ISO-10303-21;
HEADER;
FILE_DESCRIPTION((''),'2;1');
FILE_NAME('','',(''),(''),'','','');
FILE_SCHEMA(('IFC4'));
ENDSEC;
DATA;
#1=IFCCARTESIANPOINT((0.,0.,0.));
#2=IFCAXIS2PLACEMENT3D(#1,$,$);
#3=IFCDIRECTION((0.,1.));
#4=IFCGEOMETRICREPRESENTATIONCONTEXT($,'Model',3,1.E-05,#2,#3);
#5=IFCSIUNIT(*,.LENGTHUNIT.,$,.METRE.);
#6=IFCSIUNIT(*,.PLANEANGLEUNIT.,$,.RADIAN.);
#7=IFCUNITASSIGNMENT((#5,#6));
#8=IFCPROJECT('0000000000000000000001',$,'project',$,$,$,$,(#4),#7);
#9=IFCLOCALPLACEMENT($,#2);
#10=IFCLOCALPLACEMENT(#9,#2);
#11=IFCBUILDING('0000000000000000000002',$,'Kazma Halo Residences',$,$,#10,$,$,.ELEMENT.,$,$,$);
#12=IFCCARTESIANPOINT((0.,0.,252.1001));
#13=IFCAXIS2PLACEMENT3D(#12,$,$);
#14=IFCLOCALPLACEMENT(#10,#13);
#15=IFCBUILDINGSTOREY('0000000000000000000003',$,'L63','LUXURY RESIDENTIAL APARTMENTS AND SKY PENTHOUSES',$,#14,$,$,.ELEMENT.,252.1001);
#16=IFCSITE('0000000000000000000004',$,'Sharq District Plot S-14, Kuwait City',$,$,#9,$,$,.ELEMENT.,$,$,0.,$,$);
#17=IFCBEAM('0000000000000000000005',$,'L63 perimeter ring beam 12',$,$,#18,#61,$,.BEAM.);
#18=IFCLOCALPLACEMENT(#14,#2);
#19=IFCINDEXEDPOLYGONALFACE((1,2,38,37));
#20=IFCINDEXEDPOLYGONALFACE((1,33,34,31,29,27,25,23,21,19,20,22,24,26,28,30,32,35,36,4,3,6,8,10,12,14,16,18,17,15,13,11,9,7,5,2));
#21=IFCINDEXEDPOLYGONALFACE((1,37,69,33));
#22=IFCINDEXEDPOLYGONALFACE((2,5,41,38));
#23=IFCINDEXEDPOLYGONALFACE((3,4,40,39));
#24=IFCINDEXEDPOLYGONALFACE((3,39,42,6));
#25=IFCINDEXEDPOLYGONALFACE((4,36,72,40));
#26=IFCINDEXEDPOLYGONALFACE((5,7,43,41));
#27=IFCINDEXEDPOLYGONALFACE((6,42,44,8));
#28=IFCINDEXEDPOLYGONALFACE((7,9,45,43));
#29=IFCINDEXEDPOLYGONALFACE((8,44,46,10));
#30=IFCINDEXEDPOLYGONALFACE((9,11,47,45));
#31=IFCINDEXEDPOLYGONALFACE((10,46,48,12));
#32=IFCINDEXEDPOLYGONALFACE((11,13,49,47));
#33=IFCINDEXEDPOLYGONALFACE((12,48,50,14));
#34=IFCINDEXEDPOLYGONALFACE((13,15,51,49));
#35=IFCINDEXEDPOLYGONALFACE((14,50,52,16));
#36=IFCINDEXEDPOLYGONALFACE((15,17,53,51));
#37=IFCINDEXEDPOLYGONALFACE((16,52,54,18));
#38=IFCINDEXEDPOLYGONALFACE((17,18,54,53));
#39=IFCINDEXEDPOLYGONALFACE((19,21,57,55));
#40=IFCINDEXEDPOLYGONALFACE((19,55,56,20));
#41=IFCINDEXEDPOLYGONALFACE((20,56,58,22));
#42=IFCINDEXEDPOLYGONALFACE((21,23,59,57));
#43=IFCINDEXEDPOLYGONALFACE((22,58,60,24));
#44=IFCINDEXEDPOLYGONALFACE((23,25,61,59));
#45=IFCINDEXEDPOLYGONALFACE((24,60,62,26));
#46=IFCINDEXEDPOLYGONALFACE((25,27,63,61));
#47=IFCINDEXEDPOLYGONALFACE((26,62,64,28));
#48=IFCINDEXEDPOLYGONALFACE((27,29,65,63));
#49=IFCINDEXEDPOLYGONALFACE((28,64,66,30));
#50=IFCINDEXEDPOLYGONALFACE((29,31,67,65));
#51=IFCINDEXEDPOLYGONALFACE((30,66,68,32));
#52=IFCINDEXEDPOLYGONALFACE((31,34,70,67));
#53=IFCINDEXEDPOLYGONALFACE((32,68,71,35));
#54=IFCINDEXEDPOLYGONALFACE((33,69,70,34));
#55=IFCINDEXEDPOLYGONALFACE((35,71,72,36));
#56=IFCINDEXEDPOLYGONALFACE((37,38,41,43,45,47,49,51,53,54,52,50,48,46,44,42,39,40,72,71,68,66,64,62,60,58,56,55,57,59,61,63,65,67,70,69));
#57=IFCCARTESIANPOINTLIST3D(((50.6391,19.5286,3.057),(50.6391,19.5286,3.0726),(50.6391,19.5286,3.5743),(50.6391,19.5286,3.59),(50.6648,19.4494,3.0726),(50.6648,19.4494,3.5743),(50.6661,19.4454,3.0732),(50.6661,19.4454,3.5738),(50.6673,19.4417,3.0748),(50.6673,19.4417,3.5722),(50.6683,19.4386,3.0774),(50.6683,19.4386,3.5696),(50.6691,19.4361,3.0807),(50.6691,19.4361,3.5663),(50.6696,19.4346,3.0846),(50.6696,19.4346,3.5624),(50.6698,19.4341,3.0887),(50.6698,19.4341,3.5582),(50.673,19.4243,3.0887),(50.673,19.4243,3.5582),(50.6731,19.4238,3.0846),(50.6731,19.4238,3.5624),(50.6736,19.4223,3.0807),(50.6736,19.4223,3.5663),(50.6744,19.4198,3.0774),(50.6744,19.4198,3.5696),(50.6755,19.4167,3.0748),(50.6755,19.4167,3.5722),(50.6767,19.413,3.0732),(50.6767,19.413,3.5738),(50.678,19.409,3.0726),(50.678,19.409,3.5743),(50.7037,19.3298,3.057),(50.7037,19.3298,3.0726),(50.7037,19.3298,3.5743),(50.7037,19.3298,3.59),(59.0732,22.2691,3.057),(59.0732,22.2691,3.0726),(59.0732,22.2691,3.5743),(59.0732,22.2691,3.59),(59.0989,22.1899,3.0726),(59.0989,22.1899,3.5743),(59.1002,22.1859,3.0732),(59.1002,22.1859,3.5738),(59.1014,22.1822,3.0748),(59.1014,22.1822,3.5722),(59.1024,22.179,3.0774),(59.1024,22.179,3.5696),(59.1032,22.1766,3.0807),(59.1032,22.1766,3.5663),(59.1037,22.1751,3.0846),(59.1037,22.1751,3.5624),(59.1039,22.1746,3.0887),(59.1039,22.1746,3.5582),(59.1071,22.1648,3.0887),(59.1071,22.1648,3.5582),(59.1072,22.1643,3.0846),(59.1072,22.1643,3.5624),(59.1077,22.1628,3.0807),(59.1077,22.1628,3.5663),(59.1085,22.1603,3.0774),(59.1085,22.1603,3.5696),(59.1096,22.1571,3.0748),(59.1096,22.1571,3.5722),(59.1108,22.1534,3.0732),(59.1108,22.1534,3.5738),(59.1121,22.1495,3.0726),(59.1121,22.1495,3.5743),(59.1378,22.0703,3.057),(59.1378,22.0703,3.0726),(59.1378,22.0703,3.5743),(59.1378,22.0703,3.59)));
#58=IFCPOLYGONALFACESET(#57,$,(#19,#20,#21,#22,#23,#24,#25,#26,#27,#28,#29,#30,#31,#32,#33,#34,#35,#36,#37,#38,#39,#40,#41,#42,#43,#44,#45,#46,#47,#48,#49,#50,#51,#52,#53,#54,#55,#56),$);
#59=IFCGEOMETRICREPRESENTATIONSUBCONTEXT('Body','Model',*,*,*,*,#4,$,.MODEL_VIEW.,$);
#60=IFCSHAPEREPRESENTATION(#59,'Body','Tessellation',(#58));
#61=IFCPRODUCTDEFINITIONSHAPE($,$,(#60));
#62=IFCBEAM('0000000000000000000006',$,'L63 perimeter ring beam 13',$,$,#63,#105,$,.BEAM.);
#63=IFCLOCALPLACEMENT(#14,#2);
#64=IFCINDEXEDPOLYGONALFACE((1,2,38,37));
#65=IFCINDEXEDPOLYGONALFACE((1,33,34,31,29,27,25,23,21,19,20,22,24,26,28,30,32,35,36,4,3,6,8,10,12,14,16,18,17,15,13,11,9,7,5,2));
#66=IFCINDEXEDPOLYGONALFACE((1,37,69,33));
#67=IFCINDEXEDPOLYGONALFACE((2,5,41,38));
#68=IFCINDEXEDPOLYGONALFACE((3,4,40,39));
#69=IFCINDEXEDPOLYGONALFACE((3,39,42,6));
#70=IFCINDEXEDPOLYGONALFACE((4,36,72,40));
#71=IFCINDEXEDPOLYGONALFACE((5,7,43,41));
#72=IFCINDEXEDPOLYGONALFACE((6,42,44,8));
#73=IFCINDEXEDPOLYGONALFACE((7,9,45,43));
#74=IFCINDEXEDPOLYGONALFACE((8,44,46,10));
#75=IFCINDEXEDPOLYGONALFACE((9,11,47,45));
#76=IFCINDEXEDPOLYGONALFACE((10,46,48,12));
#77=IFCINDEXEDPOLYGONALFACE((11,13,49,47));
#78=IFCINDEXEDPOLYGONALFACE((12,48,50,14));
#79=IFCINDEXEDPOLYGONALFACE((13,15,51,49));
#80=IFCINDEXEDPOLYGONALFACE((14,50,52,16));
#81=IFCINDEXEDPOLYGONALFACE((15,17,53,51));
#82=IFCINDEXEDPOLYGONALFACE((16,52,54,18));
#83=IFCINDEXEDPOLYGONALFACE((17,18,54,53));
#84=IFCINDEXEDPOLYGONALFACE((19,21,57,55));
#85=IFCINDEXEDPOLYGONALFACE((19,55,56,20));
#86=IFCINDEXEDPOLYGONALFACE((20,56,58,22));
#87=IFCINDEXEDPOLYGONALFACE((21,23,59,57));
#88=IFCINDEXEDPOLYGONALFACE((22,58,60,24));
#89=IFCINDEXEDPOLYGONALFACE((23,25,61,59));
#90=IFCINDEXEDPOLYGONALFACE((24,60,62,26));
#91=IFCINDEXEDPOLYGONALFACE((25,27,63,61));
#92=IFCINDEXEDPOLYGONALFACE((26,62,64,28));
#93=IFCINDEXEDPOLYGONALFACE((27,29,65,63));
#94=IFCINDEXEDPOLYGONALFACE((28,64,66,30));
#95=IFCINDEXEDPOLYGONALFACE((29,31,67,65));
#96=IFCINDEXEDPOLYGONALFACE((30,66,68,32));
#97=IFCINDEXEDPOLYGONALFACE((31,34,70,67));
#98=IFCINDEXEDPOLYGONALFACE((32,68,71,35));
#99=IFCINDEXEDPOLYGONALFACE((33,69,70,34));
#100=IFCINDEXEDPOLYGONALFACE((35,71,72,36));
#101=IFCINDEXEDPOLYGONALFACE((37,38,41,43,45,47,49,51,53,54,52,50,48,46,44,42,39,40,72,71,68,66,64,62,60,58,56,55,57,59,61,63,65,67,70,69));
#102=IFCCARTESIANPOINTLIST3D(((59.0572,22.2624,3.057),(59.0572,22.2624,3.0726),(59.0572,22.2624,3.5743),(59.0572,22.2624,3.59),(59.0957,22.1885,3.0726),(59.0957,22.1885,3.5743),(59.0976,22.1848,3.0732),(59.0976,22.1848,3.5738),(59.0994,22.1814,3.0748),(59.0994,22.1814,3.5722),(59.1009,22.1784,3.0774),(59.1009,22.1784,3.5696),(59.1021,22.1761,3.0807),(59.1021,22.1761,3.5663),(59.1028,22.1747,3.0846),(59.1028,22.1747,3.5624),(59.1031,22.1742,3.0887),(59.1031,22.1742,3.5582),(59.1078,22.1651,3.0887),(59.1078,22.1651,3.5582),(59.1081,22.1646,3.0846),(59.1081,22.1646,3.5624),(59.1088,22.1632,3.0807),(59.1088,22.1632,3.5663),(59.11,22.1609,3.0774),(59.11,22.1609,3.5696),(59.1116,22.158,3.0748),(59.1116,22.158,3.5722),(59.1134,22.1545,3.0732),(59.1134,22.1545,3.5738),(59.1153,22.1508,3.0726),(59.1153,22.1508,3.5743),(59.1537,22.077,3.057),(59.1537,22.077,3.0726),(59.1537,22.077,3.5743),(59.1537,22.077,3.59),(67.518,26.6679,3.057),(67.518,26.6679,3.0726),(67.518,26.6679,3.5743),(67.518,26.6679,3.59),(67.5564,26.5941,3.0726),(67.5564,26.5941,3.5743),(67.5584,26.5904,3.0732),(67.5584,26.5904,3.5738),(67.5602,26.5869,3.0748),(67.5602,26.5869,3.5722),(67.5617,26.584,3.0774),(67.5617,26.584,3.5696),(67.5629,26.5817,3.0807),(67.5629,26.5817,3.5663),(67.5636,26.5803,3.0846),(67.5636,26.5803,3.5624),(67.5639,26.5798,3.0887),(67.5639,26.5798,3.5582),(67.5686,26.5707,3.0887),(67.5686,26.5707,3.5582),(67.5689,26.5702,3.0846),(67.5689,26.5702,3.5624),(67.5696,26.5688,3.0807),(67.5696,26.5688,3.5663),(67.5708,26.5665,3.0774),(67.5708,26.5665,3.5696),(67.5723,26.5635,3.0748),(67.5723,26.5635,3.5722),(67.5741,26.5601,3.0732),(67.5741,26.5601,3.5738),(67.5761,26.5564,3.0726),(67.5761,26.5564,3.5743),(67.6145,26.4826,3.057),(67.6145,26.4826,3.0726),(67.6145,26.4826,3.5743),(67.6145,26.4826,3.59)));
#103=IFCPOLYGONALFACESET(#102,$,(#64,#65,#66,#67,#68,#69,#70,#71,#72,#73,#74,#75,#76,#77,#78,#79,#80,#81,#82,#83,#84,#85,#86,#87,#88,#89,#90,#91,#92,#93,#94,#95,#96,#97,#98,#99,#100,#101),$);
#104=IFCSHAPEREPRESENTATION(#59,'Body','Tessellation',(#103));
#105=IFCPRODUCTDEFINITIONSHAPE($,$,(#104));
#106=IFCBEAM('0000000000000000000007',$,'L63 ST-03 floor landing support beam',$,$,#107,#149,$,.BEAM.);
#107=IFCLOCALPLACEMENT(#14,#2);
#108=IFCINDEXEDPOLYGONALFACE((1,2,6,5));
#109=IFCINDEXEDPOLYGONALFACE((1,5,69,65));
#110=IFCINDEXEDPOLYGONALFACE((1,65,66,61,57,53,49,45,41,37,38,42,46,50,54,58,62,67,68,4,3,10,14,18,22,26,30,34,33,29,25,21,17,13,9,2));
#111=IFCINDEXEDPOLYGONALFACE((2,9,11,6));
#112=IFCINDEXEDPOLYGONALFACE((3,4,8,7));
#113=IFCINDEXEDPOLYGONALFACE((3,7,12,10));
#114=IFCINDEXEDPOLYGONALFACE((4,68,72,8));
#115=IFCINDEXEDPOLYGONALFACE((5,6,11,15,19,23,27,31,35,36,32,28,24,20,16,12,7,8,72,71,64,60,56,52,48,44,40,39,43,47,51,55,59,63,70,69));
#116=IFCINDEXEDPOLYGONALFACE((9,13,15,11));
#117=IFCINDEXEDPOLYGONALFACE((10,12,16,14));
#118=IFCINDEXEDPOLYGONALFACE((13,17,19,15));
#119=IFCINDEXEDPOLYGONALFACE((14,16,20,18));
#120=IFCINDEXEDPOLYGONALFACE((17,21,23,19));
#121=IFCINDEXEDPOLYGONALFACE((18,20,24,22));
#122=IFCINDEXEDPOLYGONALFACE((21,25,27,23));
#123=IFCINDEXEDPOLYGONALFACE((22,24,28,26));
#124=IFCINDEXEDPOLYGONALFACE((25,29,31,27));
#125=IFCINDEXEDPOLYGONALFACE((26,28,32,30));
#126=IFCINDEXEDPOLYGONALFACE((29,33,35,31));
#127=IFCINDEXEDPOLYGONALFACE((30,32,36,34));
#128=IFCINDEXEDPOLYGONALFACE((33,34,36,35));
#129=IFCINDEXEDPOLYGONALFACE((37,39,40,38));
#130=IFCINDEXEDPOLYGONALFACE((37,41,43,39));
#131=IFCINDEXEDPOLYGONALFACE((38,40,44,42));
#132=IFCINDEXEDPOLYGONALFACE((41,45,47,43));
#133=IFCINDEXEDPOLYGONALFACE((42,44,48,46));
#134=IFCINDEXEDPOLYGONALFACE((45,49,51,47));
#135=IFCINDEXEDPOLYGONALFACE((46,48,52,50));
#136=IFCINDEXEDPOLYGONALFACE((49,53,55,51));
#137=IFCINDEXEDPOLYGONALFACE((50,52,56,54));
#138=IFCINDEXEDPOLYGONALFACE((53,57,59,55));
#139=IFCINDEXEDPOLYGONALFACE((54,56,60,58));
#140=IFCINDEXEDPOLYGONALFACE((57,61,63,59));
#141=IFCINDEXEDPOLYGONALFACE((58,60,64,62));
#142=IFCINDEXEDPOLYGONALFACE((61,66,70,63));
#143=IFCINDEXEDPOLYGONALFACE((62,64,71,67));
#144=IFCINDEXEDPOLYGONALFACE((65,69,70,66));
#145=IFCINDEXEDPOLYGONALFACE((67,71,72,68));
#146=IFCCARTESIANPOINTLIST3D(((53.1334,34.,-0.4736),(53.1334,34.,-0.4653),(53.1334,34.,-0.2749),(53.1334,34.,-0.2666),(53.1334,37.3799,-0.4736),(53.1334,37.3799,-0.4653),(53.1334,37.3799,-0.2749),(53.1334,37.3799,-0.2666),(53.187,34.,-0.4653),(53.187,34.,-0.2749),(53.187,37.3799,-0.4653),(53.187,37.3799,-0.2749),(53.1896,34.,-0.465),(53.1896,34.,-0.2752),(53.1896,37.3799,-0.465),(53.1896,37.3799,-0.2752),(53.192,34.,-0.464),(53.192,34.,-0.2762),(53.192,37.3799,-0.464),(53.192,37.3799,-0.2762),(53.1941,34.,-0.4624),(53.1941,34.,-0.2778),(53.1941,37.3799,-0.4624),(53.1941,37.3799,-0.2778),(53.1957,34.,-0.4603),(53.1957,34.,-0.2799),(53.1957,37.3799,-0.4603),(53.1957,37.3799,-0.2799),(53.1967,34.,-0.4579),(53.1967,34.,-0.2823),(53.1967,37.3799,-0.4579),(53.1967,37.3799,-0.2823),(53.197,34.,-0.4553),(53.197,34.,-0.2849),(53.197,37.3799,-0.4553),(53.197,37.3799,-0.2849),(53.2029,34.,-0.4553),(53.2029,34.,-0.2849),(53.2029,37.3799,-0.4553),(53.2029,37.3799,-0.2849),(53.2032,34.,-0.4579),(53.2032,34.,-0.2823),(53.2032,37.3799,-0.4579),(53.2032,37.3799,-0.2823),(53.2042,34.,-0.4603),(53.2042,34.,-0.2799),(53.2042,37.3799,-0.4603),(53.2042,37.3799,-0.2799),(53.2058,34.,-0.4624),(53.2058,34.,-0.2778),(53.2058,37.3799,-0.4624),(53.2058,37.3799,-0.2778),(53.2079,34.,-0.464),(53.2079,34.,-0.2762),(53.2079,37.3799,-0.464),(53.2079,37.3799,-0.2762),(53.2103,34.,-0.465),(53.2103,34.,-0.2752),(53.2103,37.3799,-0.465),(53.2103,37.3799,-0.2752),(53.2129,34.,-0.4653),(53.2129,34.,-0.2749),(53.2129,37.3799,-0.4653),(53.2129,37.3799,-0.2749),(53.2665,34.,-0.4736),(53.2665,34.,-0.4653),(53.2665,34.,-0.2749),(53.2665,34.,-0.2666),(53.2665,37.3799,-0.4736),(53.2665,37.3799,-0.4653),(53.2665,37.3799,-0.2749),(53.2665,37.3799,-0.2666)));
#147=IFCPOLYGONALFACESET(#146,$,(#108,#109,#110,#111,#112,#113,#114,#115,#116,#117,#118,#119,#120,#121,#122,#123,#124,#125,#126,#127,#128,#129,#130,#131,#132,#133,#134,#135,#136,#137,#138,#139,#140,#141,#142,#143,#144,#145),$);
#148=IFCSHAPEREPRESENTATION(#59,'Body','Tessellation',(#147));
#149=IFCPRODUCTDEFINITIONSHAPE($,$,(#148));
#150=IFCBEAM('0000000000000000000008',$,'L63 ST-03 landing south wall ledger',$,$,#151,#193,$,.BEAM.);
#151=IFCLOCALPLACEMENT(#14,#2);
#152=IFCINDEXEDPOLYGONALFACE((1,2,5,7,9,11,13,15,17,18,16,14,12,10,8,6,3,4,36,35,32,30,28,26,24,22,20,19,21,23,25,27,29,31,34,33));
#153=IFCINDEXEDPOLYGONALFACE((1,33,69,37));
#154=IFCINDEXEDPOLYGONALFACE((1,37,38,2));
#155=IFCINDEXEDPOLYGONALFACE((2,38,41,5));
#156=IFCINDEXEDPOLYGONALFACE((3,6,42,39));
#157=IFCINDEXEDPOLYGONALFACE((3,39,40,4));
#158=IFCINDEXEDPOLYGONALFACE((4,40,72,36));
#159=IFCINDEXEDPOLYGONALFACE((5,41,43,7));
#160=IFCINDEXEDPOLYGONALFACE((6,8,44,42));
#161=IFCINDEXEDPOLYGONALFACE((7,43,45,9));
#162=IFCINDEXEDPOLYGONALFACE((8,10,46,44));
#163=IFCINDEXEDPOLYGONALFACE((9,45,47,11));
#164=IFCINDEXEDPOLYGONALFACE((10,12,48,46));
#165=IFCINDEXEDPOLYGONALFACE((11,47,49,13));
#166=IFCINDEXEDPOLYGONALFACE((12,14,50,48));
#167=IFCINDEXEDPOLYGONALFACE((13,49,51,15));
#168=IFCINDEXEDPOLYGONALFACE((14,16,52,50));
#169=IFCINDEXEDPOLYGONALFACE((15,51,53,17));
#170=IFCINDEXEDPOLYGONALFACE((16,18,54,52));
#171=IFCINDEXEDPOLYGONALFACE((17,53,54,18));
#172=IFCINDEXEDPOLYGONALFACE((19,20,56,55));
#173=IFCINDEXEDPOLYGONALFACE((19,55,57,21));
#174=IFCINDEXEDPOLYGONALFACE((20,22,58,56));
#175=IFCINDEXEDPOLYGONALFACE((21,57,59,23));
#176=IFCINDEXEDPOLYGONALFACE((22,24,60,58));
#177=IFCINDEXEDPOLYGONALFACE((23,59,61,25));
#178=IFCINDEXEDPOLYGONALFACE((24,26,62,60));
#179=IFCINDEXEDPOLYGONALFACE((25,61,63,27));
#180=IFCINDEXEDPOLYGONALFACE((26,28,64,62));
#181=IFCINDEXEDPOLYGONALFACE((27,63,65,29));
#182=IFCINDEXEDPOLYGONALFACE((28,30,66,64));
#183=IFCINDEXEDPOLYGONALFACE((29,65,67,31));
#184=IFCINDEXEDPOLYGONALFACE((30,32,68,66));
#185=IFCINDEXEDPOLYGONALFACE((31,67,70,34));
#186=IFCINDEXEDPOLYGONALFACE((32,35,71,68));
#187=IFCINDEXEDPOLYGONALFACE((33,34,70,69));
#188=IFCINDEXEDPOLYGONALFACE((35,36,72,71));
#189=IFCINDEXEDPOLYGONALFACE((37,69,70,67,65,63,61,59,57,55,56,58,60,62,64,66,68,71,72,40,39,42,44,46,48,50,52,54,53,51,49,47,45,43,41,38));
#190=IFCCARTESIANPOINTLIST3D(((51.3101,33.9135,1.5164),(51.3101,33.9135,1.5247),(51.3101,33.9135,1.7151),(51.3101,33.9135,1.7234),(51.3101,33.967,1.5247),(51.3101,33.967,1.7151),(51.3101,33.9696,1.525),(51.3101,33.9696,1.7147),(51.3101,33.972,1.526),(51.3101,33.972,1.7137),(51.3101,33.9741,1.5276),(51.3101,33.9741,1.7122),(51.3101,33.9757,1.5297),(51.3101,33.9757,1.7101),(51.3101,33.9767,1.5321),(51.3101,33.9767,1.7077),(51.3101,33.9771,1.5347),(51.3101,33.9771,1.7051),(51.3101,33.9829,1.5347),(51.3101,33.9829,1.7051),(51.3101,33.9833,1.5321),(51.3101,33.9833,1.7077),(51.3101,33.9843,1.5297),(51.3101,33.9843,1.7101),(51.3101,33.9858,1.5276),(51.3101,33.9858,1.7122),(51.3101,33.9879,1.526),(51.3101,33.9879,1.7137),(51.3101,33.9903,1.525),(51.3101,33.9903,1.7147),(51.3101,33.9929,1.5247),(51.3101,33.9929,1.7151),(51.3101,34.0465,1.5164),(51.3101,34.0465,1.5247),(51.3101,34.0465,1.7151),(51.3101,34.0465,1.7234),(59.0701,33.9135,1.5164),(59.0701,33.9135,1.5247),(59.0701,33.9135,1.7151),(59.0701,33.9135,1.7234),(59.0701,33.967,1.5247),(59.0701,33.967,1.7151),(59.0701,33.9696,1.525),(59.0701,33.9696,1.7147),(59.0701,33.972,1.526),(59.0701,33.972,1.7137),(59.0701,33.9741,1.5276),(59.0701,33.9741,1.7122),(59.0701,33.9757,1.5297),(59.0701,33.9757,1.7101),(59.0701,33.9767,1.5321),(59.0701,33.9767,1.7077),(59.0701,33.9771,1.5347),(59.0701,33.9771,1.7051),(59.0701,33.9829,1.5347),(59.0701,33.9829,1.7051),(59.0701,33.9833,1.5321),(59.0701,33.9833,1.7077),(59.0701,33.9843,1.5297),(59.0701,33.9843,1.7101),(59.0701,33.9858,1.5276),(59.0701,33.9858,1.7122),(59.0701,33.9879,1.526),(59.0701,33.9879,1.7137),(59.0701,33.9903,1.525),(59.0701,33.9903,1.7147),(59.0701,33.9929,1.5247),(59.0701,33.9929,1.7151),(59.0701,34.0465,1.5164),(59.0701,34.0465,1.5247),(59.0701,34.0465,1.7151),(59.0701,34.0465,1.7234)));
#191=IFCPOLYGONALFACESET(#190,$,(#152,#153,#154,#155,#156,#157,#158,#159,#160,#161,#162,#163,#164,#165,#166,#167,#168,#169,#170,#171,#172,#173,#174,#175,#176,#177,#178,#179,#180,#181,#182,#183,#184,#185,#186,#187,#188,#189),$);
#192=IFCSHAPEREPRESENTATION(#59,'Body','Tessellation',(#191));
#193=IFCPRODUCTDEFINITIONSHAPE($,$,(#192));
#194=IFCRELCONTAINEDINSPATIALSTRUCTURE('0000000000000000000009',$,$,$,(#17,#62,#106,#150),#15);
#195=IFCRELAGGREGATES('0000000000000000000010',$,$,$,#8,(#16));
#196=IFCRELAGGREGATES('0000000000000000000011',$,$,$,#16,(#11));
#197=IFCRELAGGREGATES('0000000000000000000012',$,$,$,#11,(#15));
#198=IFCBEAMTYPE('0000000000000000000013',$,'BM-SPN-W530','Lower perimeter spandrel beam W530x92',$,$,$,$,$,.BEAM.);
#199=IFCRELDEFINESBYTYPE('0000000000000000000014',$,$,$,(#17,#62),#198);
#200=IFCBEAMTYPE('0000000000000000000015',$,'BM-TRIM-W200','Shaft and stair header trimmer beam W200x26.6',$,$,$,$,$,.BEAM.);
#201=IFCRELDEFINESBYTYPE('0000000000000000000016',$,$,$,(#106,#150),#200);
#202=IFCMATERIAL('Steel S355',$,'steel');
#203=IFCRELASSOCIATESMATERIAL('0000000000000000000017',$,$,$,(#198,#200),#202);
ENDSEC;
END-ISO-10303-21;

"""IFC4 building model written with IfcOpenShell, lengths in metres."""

from ifc_helpers import new_model, si_unit, direction, frame, origin, origin_2d, place, context, subcontext, project, spatial, i_section, extrude, material, material_profile, profile_set, type_object, element, save


model = new_model("IFC4")

# Units and contexts
model_context = context("Model", 3, precision=1e-05, world=origin(), true_north=direction((0.0, 1.0)))
body_context = subcontext(model_context, "Body", "Model", "MODEL_VIEW")
ifc_project = project(units=[si_unit("LENGTHUNIT", "METRE"), si_unit("PLANEANGLEUNIT", "RADIAN")], contexts=[model_context])

# Site, building, storey
site_placement = place(None, origin())
site = spatial("IfcSite", under=ifc_project, at=site_placement, Name="Sharq District Plot S-14, Kuwait City", CompositionType="ELEMENT", RefElevation=0.0)
building_placement = place(site_placement, origin())
building = spatial("IfcBuilding", under=site, at=building_placement, Name="Kazma Halo Residences", CompositionType="ELEMENT")
storey_placement = place(building_placement, frame((0.0, 0.0, 252.1001)))
storey = spatial("IfcBuildingStorey", under=building, at=storey_placement, Name="L63", Description="LUXURY RESIDENTIAL APARTMENTS AND SKY PENTHOUSES", CompositionType="ELEMENT", Elevation=252.1001)

# Beams
ifc_material_1 = material(Name="Steel S355", Category="steel")
ifc_material_profile_1 = material_profile(ifc_material_1, i_section(OverallWidth=0.209, OverallDepth=0.533, WebThickness=0.0103, FlangeThickness=0.0156, FilletRadius=0.0161, at=origin_2d()), Name="W530x92")
ifc_profile_set_1 = profile_set([ifc_material_profile_1], Name="Steel S355")
beam_type_1 = type_object("IfcBeamType", Name="BM-SPN-W530", Description="Lower perimeter spandrel beam W530x92", PredefinedType="BEAM", material=ifc_profile_set_1)
beam_1_placement = place(storey_placement, frame((50.6714, 19.4292, 3.3235), z_axis=(0.951054, 0.309025, 0.0), x_axis=(-0.309025, 0.951054, 0.0)))
element("IfcBeam", 1, at=beam_1_placement, inside=storey, type_object=beam_type_1, Name="L63 perimeter ring beam 12", PredefinedType="BEAM", context=body_context, shape_type="SweptSolid", body=[
    extrude(i_section(OverallWidth=0.209, OverallDepth=0.533, WebThickness=0.0103, FlangeThickness=0.0156, FilletRadius=0.0161, at=origin_2d()), origin(), (0.0, 0.0, 1.0), 8.8682),
])
beam_2_placement = place(storey_placement, frame((59.1055, 22.1697, 3.3235), z_axis=(0.886961, 0.461844, 0.0), x_axis=(-0.461844, 0.886961, 0.0)))
element("IfcBeam", 2, at=beam_2_placement, inside=storey, type_object=beam_type_1, Name="L63 perimeter ring beam 13", PredefinedType="BEAM", context=body_context, shape_type="SweptSolid", body=[
    extrude(i_section(OverallWidth=0.209, OverallDepth=0.533, WebThickness=0.0103, FlangeThickness=0.0156, FilletRadius=0.0161, at=origin_2d()), origin(), (0.0, 0.0, 1.0), 9.5391),
])
ifc_material_profile_2 = material_profile(ifc_material_1, i_section(OverallWidth=0.1331, OverallDepth=0.207, WebThickness=0.0059, FlangeThickness=0.0083, FilletRadius=0.01, at=origin_2d()), Name="W200x26.6")
ifc_profile_set_2 = profile_set([ifc_material_profile_2], Name="Steel S355")
beam_type_2 = type_object("IfcBeamType", Name="BM-TRIM-W200", Description="Shaft and stair header trimmer beam W200x26.6", PredefinedType="BEAM", material=ifc_profile_set_2)
beam_3_placement = place(storey_placement, frame((53.2, 34.0, -0.3701), z_axis=(0.0, 1.0, 0.0), x_axis=(-1.0, 0.0, 0.0)))
element("IfcBeam", 3, at=beam_3_placement, inside=storey, type_object=beam_type_2, Name="L63 ST-03 floor landing support beam", PredefinedType="BEAM", context=body_context, shape_type="SweptSolid", body=[
    extrude(i_section(OverallWidth=0.1331, OverallDepth=0.207, WebThickness=0.0059, FlangeThickness=0.0083, FilletRadius=0.01, at=origin_2d()), origin(), (0.0, 0.0, 1.0), 3.3799),
])
beam_4_placement = place(storey_placement, frame((51.3101, 33.98, 1.6199), z_axis=(1.0, 0.0, 0.0), x_axis=(0.0, 1.0, 0.0)))
element("IfcBeam", 4, at=beam_4_placement, inside=storey, type_object=beam_type_2, Name="L63 ST-03 landing south wall ledger", PredefinedType="BEAM", context=body_context, shape_type="SweptSolid", body=[
    extrude(i_section(OverallWidth=0.1331, OverallDepth=0.207, WebThickness=0.0059, FlangeThickness=0.0083, FilletRadius=0.01, at=origin_2d()), origin(), (0.0, 0.0, 1.0), 7.76),
])

save(model, "model.ifc")
